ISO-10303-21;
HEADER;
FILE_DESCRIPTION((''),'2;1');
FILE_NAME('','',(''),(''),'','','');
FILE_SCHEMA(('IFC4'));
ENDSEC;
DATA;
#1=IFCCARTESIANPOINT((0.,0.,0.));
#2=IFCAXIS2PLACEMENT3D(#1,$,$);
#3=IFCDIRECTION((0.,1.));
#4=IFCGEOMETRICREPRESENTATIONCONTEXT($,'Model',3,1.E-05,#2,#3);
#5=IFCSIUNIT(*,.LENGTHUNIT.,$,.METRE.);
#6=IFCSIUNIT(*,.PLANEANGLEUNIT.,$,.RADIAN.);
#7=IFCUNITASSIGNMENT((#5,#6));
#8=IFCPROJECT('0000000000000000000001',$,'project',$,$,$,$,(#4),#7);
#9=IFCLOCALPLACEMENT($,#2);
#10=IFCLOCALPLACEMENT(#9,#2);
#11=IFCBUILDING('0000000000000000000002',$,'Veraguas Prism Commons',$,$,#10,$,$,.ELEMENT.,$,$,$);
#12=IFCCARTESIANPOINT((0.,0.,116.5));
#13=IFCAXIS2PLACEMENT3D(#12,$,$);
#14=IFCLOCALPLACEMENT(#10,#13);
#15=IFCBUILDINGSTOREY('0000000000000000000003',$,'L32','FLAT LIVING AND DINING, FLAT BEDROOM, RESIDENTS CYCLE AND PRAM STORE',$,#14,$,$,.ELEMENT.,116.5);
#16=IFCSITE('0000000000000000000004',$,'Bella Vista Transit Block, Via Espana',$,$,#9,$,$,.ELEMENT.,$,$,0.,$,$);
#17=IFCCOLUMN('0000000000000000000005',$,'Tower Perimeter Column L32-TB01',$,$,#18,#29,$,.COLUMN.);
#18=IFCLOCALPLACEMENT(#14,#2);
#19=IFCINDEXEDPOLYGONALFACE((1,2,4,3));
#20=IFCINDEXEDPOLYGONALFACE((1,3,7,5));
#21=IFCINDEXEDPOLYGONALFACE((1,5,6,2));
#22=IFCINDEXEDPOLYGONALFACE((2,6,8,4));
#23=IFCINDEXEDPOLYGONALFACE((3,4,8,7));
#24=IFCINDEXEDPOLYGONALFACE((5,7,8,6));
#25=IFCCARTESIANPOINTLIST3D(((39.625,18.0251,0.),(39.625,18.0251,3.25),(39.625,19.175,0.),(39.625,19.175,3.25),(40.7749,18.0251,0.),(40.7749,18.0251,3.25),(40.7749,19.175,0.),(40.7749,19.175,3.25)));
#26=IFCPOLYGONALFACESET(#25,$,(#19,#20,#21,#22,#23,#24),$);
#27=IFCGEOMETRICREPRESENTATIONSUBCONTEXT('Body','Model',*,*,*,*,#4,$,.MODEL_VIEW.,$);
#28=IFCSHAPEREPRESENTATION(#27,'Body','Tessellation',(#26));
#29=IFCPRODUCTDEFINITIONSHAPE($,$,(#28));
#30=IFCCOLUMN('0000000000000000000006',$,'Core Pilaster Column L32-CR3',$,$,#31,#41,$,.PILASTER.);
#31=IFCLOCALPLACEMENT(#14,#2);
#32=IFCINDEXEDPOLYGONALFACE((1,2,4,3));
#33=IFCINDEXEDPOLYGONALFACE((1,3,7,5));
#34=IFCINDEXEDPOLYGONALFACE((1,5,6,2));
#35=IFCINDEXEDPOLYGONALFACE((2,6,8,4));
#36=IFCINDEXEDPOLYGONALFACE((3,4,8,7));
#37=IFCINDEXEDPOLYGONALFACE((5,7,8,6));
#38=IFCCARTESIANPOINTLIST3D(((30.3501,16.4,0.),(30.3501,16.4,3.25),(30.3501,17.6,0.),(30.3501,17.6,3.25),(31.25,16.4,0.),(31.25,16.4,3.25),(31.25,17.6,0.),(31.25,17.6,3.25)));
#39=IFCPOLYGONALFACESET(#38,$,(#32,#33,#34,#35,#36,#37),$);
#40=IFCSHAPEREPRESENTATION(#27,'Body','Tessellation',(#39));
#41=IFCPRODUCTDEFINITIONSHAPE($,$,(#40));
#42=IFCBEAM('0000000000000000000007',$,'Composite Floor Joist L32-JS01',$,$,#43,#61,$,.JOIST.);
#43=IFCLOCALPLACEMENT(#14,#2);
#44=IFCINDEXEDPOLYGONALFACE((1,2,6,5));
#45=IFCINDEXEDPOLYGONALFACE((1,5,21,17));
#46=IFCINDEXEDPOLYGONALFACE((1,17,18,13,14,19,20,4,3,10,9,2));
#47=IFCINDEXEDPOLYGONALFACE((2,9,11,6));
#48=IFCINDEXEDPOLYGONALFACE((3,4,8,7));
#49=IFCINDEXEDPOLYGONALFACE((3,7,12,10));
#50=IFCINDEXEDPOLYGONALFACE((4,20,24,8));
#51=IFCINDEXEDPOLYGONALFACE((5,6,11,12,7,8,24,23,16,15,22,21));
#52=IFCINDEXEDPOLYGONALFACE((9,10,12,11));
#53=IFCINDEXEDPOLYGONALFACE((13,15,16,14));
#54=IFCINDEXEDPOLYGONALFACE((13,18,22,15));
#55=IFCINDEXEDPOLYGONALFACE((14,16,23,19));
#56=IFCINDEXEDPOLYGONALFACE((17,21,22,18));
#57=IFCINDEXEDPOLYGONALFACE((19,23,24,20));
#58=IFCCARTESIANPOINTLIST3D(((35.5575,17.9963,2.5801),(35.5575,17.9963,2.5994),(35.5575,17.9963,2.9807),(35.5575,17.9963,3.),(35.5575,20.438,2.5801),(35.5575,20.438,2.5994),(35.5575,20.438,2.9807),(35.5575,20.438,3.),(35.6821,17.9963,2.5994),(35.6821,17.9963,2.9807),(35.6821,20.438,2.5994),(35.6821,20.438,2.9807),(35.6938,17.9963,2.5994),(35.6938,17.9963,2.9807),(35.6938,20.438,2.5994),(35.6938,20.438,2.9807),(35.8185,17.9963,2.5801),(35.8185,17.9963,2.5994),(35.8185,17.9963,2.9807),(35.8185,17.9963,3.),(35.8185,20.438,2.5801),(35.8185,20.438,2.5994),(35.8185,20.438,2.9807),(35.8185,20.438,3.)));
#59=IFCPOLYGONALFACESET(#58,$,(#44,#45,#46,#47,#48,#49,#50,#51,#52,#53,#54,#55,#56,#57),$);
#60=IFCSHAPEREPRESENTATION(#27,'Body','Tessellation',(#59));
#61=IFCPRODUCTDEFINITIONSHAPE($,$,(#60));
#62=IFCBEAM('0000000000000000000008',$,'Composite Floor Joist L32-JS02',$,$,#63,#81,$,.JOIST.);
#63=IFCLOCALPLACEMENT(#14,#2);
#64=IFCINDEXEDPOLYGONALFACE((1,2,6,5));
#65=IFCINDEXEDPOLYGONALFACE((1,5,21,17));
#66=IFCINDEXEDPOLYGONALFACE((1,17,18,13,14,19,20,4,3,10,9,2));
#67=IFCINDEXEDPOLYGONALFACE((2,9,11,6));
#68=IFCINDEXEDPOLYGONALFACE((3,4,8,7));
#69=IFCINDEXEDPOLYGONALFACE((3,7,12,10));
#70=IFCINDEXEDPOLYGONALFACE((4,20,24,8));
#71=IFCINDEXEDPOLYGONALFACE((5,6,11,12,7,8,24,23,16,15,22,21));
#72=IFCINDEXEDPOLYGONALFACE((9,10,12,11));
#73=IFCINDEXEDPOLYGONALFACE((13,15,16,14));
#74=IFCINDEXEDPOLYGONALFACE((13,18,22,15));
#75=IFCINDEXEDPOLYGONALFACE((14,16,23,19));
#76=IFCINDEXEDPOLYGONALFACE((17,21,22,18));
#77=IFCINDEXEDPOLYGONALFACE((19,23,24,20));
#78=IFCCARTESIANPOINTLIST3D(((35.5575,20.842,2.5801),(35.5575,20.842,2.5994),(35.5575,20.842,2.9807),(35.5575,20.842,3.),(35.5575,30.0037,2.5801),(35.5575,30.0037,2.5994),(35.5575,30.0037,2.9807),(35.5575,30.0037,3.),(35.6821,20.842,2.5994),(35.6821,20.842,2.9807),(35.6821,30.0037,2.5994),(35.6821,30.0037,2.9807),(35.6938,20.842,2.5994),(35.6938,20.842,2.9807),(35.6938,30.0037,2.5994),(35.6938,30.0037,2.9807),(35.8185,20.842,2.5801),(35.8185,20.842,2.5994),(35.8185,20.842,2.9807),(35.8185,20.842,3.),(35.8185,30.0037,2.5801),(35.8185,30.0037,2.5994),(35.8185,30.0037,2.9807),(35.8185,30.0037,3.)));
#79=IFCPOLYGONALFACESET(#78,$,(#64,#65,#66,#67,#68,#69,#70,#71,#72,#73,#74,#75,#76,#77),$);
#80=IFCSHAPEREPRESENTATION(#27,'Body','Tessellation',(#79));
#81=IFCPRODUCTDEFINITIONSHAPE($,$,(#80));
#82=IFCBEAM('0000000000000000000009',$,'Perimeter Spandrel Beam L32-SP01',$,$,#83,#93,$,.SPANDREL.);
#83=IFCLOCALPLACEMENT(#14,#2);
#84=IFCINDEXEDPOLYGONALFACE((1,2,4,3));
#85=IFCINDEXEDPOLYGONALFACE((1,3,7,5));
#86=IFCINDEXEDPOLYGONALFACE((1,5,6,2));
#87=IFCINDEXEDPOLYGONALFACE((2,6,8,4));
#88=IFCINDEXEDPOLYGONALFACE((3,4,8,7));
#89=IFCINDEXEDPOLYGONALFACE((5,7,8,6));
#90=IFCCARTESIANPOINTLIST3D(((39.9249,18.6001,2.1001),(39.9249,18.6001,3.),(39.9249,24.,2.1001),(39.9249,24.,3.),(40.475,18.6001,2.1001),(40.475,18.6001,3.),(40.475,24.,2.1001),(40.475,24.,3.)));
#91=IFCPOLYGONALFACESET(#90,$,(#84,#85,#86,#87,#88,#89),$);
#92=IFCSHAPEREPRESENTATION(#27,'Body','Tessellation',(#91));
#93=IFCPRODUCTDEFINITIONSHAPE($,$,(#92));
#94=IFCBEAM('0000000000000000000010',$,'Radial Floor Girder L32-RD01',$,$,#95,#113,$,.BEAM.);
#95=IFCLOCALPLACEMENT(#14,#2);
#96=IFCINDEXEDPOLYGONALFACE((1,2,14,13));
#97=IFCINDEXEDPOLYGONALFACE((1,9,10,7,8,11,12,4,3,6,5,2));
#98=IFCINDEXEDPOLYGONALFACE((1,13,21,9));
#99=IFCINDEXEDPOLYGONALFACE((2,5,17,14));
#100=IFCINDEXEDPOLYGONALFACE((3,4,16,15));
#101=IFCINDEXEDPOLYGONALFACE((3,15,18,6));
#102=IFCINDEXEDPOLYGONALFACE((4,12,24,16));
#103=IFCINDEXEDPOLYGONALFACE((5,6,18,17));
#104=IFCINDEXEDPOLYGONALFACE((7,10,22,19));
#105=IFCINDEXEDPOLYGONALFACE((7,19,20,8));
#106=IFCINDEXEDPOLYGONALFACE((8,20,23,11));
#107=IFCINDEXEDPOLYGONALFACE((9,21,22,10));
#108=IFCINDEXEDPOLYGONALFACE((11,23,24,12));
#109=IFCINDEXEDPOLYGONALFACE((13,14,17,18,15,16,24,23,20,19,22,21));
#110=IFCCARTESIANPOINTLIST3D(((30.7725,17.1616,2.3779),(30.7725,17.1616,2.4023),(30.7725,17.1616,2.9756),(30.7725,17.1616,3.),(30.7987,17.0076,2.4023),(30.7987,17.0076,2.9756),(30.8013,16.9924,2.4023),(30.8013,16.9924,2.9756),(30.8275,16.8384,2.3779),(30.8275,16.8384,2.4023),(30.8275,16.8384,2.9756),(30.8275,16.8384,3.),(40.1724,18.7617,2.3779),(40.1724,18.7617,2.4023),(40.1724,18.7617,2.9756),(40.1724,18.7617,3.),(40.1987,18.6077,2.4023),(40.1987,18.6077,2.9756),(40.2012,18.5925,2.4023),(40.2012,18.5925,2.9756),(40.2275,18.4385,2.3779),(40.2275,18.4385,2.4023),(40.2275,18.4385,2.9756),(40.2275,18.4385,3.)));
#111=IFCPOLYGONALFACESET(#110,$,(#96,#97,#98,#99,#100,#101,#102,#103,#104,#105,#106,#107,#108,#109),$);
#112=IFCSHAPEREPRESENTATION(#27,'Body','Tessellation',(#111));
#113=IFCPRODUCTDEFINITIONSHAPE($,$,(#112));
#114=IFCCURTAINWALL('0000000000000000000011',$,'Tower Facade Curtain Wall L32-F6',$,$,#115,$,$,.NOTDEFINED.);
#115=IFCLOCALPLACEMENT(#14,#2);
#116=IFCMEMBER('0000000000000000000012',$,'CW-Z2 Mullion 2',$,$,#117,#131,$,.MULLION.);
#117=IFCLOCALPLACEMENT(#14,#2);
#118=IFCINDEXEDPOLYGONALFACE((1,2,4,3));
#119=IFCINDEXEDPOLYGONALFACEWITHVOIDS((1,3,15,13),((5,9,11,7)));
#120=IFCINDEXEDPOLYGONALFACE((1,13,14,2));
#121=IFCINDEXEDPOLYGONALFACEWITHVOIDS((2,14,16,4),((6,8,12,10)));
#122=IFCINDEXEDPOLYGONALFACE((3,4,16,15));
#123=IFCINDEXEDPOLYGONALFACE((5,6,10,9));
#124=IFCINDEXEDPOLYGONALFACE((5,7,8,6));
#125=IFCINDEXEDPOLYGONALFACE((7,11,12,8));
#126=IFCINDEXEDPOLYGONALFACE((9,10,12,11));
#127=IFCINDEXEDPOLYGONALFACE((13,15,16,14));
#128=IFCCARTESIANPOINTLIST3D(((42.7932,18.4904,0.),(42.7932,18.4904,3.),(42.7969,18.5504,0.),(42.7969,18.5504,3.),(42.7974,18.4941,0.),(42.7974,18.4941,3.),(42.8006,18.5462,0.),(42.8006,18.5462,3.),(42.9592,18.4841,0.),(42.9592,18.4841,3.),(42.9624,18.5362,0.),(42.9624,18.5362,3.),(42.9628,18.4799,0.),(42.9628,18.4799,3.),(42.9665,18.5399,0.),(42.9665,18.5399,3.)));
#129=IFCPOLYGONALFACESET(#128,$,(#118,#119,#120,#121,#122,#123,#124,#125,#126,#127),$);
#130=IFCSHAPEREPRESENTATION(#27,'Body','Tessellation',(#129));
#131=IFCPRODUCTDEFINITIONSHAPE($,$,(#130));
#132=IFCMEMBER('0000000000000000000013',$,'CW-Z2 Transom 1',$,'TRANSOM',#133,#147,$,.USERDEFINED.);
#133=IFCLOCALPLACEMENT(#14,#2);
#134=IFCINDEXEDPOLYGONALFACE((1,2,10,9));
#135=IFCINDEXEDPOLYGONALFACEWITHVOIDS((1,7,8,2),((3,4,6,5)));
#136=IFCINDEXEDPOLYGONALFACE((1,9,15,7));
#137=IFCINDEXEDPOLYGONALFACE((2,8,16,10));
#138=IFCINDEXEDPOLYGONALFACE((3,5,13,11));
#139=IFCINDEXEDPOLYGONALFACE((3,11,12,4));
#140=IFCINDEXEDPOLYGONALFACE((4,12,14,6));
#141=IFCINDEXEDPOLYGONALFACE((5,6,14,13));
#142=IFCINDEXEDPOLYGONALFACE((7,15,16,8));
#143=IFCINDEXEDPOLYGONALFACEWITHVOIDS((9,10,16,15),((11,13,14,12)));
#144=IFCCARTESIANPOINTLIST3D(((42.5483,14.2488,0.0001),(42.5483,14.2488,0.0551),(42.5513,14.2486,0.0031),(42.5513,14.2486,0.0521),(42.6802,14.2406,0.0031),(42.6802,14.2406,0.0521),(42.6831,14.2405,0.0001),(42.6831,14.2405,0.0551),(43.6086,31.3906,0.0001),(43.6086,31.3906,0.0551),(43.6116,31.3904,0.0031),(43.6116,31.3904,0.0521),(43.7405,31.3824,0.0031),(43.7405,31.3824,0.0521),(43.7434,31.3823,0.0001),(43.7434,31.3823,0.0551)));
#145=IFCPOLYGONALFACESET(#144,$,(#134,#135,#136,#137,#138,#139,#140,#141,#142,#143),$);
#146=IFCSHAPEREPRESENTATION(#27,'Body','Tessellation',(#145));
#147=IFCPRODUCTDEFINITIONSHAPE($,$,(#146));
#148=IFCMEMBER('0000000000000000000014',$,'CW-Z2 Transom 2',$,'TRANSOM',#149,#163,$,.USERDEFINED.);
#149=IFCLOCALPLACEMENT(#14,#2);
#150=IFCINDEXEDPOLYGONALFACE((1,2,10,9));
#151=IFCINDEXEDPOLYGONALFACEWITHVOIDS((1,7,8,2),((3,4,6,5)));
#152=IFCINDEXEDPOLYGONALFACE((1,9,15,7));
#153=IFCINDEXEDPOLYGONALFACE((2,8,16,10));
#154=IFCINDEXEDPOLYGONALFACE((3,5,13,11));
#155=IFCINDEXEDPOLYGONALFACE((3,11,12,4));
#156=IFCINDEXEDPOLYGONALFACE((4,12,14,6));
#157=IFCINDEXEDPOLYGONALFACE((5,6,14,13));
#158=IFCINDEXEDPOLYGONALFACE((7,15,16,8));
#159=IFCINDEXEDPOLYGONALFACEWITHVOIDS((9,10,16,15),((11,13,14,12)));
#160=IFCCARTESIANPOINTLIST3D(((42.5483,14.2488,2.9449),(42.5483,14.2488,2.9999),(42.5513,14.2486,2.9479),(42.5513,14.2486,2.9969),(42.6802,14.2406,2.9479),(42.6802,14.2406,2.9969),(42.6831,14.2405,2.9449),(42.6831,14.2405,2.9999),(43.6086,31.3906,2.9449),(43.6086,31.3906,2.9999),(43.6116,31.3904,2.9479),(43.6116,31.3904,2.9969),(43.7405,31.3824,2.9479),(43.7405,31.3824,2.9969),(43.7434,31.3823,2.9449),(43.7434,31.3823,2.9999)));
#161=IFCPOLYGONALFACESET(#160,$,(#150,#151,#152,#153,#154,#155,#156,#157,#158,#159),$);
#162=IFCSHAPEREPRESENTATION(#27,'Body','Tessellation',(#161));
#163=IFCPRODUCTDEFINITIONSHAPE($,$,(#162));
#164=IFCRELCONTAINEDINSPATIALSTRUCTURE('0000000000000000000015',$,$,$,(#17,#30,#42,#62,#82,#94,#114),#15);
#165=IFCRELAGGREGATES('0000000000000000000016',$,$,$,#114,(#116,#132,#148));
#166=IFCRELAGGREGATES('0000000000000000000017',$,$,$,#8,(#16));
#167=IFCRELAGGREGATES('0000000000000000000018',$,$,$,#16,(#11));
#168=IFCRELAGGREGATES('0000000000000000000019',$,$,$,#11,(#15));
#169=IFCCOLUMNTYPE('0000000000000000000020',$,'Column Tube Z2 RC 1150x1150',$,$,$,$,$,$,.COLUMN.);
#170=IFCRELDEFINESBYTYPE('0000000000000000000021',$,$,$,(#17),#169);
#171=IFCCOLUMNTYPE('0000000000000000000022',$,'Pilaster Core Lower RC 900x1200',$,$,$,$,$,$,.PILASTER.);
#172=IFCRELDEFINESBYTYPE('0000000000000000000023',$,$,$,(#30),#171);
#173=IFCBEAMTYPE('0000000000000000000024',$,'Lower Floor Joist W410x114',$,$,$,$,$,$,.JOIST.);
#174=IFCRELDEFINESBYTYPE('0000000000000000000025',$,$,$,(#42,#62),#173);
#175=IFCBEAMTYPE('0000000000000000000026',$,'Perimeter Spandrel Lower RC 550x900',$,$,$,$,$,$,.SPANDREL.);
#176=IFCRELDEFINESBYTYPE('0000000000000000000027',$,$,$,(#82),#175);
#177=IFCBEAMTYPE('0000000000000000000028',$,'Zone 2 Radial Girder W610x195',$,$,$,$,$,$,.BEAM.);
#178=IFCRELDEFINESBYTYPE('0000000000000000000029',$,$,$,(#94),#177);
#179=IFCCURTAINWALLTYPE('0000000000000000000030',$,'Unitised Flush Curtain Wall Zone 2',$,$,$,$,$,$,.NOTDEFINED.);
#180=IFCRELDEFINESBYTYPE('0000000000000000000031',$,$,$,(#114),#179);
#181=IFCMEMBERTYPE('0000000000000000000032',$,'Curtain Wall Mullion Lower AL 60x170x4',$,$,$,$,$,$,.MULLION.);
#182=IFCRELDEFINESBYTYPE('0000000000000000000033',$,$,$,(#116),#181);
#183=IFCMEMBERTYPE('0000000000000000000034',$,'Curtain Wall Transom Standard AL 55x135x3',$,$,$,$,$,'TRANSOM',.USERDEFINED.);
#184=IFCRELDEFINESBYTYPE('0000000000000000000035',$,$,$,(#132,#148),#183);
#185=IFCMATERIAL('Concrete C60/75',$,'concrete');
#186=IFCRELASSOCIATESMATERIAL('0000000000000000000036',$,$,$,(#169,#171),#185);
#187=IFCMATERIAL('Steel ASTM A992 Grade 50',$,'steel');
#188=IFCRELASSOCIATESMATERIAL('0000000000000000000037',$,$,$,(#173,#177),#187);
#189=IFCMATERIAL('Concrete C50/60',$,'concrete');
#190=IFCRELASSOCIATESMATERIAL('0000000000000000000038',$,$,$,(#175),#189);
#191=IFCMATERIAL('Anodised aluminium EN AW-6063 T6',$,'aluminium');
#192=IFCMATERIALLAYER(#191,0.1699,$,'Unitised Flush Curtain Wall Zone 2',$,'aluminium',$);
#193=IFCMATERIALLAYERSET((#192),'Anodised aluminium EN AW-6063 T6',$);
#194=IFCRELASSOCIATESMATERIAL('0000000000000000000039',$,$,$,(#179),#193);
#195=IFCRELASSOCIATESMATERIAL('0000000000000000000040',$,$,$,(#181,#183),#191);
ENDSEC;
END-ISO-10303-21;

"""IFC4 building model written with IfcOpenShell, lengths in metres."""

from ifc_helpers import new_model, si_unit, direction, frame, origin, origin_2d, place, context, subcontext, project, spatial, rectangle, hollow_rectangle, i_section, extrude, source, transform, mapped, material, layer, layer_set, material_profile, profile_set, type_object, element, aggregate, save


model = new_model("IFC4")

# Units and contexts
model_context = context("Model", 3, precision=1e-05, world=origin(), true_north=direction((0.0, 1.0)))
body_context = subcontext(model_context, "Body", "Model", "MODEL_VIEW")
ifc_project = project(units=[si_unit("LENGTHUNIT", "METRE"), si_unit("PLANEANGLEUNIT", "RADIAN")], contexts=[model_context])

# Site, building, storey
site_placement = place(None, origin())
site = spatial("IfcSite", under=ifc_project, at=site_placement, Name="Bella Vista Transit Block, Via Espana", CompositionType="ELEMENT", RefElevation=0.0)
building_placement = place(site_placement, origin())
building = spatial("IfcBuilding", under=site, at=building_placement, Name="Veraguas Prism Commons", CompositionType="ELEMENT")
storey_placement = place(building_placement, frame((0.0, 0.0, 116.5)))
storey = spatial("IfcBuildingStorey", under=building, at=storey_placement, Name="L32", Description="FLAT LIVING AND DINING, FLAT BEDROOM, RESIDENTS CYCLE AND PRAM STORE", CompositionType="ELEMENT", Elevation=116.5)

# Columns
ifc_material_1 = material(Name="Concrete C60/75", Category="concrete")
ifc_material_profile_1 = material_profile(ifc_material_1, rectangle(XDim=1.1499, YDim=1.1499, at=origin_2d()), Name="RC1150X1150")
ifc_profile_set_1 = profile_set([ifc_material_profile_1], Name="Concrete C60/75")
column_type_1 = type_object("IfcColumnType", Name="Column Tube Z2 RC 1150x1150", PredefinedType="COLUMN", material=ifc_profile_set_1)
column_1_placement = place(storey_placement, frame((40.2, 18.6001, 0.0), z_axis=(0.0, 0.0, 1.0), x_axis=(1.0, 0.0, 0.0)))
element("IfcColumn", 1, at=column_1_placement, inside=storey, type_object=column_type_1, Name="Tower Perimeter Column L32-TB01", PredefinedType="COLUMN", context=body_context, shape_type="SweptSolid", body=[
    extrude(rectangle(XDim=1.1499, YDim=1.1499, at=origin_2d()), origin(), (0.0, 0.0, 1.0), 3.25),
])
ifc_material_profile_2 = material_profile(ifc_material_1, rectangle(XDim=0.8999, YDim=1.2, at=origin_2d()), Name="RC900X1200")
ifc_profile_set_2 = profile_set([ifc_material_profile_2], Name="Concrete C60/75")
column_type_2 = type_object("IfcColumnType", Name="Pilaster Core Lower RC 900x1200", PredefinedType="PILASTER", material=ifc_profile_set_2)
column_2_placement = place(storey_placement, frame((30.8, 17.0, 0.0), z_axis=(0.0, 0.0, 1.0), x_axis=(1.0, 0.0, 0.0)))
element("IfcColumn", 2, at=column_2_placement, inside=storey, type_object=column_type_2, Name="Core Pilaster Column L32-CR3", PredefinedType="PILASTER", context=body_context, shape_type="SweptSolid", body=[
    extrude(rectangle(XDim=0.8999, YDim=1.2, at=origin_2d()), origin(), (0.0, 0.0, 1.0), 3.25),
])

# Beams
ifc_material_2 = material(Name="Steel ASTM A992 Grade 50", Category="steel")
ifc_material_profile_3 = material_profile(ifc_material_2, i_section(OverallWidth=0.261, OverallDepth=0.4199, WebThickness=0.0117, FlangeThickness=0.0193, at=origin_2d()), Name="W410X114")
ifc_profile_set_3 = profile_set([ifc_material_profile_3], Name="Steel ASTM A992 Grade 50")
beam_type_1 = type_object("IfcBeamType", Name="Lower Floor Joist W410x114", PredefinedType="JOIST", material=ifc_profile_set_3)
beam_1_placement = place(storey_placement, frame((35.688, 17.9963, 2.79), z_axis=(0.0, 1.0, 0.0), x_axis=(-1.0, 0.0, 0.0)))
element("IfcBeam", 3, at=beam_1_placement, inside=storey, type_object=beam_type_1, Name="Composite Floor Joist L32-JS01", PredefinedType="JOIST", context=body_context, shape_type="SweptSolid", body=[
    extrude(i_section(OverallWidth=0.261, OverallDepth=0.4199, WebThickness=0.0117, FlangeThickness=0.0193, at=origin_2d()), origin(), (0.0, 0.0, 1.0), 2.4417),
])
beam_2_placement = place(storey_placement, frame((35.688, 20.842, 2.79), z_axis=(0.0, 1.0, 0.0), x_axis=(-1.0, 0.0, 0.0)))
element("IfcBeam", 4, at=beam_2_placement, inside=storey, type_object=beam_type_1, Name="Composite Floor Joist L32-JS02", PredefinedType="JOIST", context=body_context, shape_type="SweptSolid", body=[
    extrude(i_section(OverallWidth=0.261, OverallDepth=0.4199, WebThickness=0.0117, FlangeThickness=0.0193, at=origin_2d()), origin(), (0.0, 0.0, 1.0), 9.1616),
])
ifc_material_3 = material(Name="Concrete C50/60", Category="concrete")
ifc_material_profile_4 = material_profile(ifc_material_3, rectangle(XDim=0.55, YDim=0.8999, at=origin_2d()), Name="RC550X900")
ifc_profile_set_4 = profile_set([ifc_material_profile_4], Name="Concrete C50/60")
beam_type_2 = type_object("IfcBeamType", Name="Perimeter Spandrel Lower RC 550x900", PredefinedType="SPANDREL", material=ifc_profile_set_4)
beam_3_placement = place(storey_placement, frame((40.2, 18.6001, 2.55), z_axis=(0.0, 1.0, 0.0), x_axis=(-1.0, 0.0, 0.0)))
element("IfcBeam", 5, at=beam_3_placement, inside=storey, type_object=beam_type_2, Name="Perimeter Spandrel Beam L32-SP01", PredefinedType="SPANDREL", context=body_context, shape_type="SweptSolid", body=[
    extrude(rectangle(XDim=0.55, YDim=0.8999, at=origin_2d()), origin(), (0.0, 0.0, 1.0), 5.3999),
])
ifc_material_profile_5 = material_profile(ifc_material_2, i_section(OverallWidth=0.3279, OverallDepth=0.6221, WebThickness=0.0154, FlangeThickness=0.0244, at=origin_2d()), Name="W610X195")
ifc_profile_set_5 = profile_set([ifc_material_profile_5], Name="Steel ASTM A992 Grade 50")
beam_type_3 = type_object("IfcBeamType", Name="Zone 2 Radial Girder W610x195", PredefinedType="BEAM", material=ifc_profile_set_5)
beam_4_placement = place(storey_placement, frame((40.2, 18.6001, 2.689), z_axis=(-0.985819, -0.167811, 0.0), x_axis=(0.167811, -0.985819, 0.0)))
element("IfcBeam", 6, at=beam_4_placement, inside=storey, type_object=beam_type_3, Name="Radial Floor Girder L32-RD01", PredefinedType="BEAM", context=body_context, shape_type="SweptSolid", body=[
    extrude(i_section(OverallWidth=0.3279, OverallDepth=0.6221, WebThickness=0.0154, FlangeThickness=0.0244, at=origin_2d()), origin(), (0.0, 0.0, 1.0), 9.5352),
])

# Curtain wall, members
ifc_material_4 = material(Name="Anodised aluminium EN AW-6063 T6", Category="aluminium")
ifc_layer_1 = layer(ifc_material_4, 0.1699, Name="Unitised Flush Curtain Wall Zone 2", Category="aluminium")
ifc_layer_set_1 = layer_set([ifc_layer_1], Name="Anodised aluminium EN AW-6063 T6")
curtain_wall_type = type_object("IfcCurtainWallType", Name="Unitised Flush Curtain Wall Zone 2", PredefinedType="NOTDEFINED", material=ifc_layer_set_1)
curtain_wall_placement = place(storey_placement, origin())
curtain_wall = element("IfcCurtainWall", 7, at=curtain_wall_placement, inside=storey, type_object=curtain_wall_type, Name="Tower Facade Curtain Wall L32-F6", PredefinedType="NOTDEFINED")
ifc_material_profile_6 = material_profile(ifc_material_4, hollow_rectangle(XDim=0.0601, YDim=0.1699, WallThickness=0.0039, at=origin_2d()), Name="AL60X170X4")
ifc_profile_set_6 = profile_set([ifc_material_profile_6], Name="Anodised aluminium EN AW-6063 T6")
member_type_1 = type_object("IfcMemberType", Name="Curtain Wall Mullion Lower AL 60x170x4", PredefinedType="MULLION", material=ifc_profile_set_6)
shared_shape_1 = source(origin(), body_context, "Body", "SweptSolid", [
    extrude(hollow_rectangle(XDim=0.0601, YDim=0.1699, WallThickness=0.0039, at=origin_2d()), origin(), (0.0, 0.0, 1.0), 3.0),
])
member_1_placement = place(storey_placement, frame((42.8799, 18.5151, 0.0), z_axis=(0.0, 0.0, 1.0), x_axis=(0.061744, 0.998092, 0.0)))
member_1 = element("IfcMember", 8, at=member_1_placement, type_object=member_type_1, Name="CW-Z2 Mullion 2", PredefinedType="MULLION", context=body_context, shape_type="MappedRepresentation", body=[
    mapped(shared_shape_1, transform((0.0, 0.0, 0.0), scale=1.0)),
])
ifc_material_profile_7 = material_profile(ifc_material_4, hollow_rectangle(XDim=0.0549, YDim=0.135, WallThickness=0.0029, at=origin_2d()), Name="AL55X135X3")
ifc_profile_set_7 = profile_set([ifc_material_profile_7], Name="Anodised aluminium EN AW-6063 T6")
member_type_2 = type_object("IfcMemberType", Name="Curtain Wall Transom Standard AL 55x135x3", ElementType="TRANSOM", PredefinedType="USERDEFINED", material=ifc_profile_set_7)
shared_shape_2 = source(origin(), body_context, "Body", "SweptSolid", [
    extrude(hollow_rectangle(XDim=0.0549, YDim=0.135, WallThickness=0.0029, at=origin_2d()), origin(), (0.0, 0.0, 1.0), 17.1746),
])
member_2_placement = place(storey_placement, frame((42.6157, 14.2446, 0.0276), z_axis=(0.061737, 0.998092, 0.0), x_axis=(0.0, 0.0, 1.0)))
member_2 = element("IfcMember", 9, at=member_2_placement, type_object=member_type_2, Name="CW-Z2 Transom 1", ObjectType="TRANSOM", PredefinedType="USERDEFINED", context=body_context, shape_type="MappedRepresentation", body=[
    mapped(shared_shape_2, transform((0.0, 0.0, 0.0), scale=1.0)),
])
member_3_placement = place(storey_placement, frame((42.6157, 14.2446, 2.9724), z_axis=(0.061737, 0.998092, 0.0), x_axis=(0.0, 0.0, 1.0)))
member_3 = element("IfcMember", 10, at=member_3_placement, type_object=member_type_2, Name="CW-Z2 Transom 2", ObjectType="TRANSOM", PredefinedType="USERDEFINED", context=body_context, shape_type="MappedRepresentation", body=[
    mapped(shared_shape_2, transform((0.0, 0.0, 0.0), scale=1.0)),
])
aggregate(curtain_wall, [member_1, member_2, member_3])

save(model, "model.ifc")
